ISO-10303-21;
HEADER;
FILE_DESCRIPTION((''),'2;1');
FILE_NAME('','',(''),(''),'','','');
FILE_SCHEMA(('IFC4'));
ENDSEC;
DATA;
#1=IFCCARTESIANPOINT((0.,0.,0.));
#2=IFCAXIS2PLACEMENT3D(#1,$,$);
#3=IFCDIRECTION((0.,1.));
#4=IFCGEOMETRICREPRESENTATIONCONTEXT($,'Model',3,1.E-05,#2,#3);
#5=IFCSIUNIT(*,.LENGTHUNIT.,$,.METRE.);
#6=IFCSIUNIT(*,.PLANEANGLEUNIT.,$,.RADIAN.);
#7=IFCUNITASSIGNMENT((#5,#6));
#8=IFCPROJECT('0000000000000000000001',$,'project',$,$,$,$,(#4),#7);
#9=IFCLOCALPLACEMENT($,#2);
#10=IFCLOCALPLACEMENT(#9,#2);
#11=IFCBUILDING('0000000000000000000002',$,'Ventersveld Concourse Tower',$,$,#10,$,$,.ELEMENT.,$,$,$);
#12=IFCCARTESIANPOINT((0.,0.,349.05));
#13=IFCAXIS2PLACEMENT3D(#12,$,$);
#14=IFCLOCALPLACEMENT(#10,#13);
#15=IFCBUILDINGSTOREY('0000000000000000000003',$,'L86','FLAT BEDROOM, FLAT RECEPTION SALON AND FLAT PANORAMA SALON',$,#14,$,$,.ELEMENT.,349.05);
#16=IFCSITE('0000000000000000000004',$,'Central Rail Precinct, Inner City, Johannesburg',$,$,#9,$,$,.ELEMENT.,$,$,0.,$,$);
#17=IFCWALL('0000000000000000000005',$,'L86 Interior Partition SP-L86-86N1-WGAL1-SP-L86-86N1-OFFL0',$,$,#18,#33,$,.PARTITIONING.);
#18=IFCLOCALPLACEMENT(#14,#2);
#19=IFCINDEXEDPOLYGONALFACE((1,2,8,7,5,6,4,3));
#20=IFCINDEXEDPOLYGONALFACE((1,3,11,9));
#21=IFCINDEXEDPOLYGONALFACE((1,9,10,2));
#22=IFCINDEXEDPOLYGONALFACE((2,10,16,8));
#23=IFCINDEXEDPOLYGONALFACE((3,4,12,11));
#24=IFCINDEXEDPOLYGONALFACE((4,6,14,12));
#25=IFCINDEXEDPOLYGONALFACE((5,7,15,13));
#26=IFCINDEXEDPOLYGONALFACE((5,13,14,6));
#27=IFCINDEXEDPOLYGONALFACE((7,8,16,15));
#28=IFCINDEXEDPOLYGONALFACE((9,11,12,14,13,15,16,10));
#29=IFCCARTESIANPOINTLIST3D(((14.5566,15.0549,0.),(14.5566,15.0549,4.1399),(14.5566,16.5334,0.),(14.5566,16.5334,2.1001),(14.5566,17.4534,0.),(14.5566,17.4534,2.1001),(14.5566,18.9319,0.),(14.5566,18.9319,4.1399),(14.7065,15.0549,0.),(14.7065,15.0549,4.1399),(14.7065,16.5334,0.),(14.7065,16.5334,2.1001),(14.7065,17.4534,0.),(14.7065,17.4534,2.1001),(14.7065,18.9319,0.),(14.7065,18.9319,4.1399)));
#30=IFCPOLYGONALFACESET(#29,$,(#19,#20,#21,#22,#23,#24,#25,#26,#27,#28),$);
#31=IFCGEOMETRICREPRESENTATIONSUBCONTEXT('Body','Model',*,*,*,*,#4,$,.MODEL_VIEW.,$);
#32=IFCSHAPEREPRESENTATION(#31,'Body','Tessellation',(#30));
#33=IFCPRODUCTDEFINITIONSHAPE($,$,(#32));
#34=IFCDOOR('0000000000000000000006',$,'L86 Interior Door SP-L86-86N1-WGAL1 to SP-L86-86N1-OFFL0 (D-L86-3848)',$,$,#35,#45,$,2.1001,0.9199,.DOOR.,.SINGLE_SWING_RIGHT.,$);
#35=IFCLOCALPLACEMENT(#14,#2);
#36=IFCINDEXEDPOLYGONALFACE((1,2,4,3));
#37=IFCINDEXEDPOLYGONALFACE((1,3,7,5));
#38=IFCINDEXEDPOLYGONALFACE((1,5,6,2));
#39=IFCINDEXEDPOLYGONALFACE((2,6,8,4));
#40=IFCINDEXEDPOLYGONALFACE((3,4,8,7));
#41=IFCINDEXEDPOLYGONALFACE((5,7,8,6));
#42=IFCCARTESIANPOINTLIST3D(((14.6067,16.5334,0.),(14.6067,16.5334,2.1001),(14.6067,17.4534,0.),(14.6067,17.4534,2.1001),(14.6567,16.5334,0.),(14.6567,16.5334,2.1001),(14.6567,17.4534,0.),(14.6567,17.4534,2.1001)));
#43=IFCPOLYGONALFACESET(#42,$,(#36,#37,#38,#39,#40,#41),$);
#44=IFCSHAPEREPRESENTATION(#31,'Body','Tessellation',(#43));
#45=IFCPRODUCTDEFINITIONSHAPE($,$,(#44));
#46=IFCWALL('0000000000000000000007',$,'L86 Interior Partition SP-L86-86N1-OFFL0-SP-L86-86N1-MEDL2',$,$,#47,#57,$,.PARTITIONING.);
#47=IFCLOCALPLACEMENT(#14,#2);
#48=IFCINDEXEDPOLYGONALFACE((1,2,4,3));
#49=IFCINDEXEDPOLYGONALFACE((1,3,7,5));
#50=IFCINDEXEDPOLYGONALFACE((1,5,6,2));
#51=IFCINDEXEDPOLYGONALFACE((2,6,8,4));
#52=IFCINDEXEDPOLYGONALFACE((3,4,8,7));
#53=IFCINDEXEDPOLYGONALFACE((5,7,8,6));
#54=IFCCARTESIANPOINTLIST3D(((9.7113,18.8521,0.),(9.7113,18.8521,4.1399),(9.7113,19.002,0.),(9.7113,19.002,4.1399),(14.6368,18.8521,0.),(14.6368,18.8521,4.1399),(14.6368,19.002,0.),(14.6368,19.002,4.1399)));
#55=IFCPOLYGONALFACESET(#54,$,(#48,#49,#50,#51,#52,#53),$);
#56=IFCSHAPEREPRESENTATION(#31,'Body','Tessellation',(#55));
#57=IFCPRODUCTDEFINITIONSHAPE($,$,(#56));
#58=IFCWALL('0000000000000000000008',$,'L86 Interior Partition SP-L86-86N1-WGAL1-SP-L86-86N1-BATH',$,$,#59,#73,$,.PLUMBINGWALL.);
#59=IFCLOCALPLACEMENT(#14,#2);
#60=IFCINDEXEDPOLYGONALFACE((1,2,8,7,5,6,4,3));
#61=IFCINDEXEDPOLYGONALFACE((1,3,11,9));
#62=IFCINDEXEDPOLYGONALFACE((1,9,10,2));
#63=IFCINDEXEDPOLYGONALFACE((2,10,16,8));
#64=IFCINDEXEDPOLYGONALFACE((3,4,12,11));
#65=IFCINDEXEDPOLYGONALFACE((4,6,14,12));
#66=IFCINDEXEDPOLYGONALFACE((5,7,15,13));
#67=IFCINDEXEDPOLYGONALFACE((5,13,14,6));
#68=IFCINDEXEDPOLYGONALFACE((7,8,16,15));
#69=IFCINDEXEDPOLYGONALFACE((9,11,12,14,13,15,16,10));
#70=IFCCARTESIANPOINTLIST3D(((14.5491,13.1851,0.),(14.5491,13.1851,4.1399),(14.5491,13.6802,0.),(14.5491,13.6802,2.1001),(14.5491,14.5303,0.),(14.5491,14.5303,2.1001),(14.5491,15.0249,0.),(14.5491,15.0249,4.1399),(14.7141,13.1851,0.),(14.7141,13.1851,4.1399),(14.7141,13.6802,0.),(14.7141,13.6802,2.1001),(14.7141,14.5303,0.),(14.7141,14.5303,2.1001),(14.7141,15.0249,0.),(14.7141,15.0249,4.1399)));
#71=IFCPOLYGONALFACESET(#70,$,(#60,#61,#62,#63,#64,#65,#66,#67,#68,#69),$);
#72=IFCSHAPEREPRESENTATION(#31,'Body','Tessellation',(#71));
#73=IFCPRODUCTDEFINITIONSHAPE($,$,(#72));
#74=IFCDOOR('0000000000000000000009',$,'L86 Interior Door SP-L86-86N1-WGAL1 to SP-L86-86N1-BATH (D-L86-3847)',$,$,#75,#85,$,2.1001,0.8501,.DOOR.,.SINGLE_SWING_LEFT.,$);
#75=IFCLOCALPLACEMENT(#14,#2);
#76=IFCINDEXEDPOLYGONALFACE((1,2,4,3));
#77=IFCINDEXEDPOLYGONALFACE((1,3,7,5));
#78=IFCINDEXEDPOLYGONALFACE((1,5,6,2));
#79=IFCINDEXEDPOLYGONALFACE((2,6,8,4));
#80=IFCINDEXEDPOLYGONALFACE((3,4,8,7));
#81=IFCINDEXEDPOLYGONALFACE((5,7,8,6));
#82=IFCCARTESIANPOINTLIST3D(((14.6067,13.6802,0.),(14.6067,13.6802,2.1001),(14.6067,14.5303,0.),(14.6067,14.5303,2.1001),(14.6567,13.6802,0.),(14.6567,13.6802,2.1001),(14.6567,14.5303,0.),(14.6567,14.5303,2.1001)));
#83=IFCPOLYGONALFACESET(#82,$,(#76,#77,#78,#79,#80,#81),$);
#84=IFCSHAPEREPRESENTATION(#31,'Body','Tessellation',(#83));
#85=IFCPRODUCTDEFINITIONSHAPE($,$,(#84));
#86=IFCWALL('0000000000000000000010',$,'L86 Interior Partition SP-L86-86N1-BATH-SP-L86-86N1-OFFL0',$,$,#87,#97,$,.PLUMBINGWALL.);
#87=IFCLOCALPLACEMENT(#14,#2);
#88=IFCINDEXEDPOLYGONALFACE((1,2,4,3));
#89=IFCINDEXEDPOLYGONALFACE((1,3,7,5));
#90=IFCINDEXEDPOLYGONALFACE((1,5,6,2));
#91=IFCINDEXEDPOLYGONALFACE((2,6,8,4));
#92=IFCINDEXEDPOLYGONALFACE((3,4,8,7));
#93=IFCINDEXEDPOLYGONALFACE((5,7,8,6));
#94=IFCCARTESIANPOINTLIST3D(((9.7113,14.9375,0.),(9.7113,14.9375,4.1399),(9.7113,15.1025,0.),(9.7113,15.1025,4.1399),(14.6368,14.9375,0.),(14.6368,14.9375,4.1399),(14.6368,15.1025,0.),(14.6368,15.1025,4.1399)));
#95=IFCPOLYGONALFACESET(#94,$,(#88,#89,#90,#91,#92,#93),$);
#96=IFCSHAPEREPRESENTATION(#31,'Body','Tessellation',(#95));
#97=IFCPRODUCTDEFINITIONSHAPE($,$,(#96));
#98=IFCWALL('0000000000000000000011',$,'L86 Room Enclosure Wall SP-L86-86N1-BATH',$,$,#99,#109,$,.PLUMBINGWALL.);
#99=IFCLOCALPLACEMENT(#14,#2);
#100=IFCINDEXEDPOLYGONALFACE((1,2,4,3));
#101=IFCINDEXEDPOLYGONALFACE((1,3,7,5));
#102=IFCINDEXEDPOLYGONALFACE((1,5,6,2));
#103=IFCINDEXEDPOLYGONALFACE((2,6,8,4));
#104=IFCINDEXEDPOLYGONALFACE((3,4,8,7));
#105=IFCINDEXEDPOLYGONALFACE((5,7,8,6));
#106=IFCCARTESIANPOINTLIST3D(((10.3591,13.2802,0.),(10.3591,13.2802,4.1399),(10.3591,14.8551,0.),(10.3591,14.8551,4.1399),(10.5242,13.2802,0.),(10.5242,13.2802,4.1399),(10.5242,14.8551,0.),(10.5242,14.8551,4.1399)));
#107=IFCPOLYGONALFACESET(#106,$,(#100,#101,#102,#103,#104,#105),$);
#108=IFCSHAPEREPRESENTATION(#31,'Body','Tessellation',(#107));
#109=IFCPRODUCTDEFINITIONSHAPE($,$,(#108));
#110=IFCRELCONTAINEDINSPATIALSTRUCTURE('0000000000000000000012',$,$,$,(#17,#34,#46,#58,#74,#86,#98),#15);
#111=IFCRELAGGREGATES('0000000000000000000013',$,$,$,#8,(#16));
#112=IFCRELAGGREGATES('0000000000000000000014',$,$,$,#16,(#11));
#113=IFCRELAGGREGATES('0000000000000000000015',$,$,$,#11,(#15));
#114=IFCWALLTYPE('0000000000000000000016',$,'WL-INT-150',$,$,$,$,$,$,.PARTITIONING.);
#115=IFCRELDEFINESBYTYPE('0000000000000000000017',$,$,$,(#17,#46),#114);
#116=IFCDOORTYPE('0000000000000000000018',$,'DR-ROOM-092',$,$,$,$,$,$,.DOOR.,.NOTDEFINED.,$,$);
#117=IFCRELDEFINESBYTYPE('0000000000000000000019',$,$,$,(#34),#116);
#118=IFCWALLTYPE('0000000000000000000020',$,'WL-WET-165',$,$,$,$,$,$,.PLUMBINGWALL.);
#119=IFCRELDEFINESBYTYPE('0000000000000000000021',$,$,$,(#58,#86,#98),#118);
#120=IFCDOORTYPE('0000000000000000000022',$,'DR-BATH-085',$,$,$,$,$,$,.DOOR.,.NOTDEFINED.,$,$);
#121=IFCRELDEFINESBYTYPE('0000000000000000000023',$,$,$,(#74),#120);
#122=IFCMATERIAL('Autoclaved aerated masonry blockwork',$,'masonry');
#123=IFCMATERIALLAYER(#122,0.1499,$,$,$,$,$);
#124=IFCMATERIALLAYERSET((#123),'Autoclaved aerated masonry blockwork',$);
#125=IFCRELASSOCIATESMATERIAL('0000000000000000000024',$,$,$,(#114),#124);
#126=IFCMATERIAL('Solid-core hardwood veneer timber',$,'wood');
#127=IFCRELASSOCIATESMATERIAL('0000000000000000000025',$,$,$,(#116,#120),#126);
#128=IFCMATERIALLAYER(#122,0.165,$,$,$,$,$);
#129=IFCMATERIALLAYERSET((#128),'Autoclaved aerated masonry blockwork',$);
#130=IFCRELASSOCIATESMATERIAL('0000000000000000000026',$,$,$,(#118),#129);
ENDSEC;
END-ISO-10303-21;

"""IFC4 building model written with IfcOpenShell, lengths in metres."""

from ifc_helpers import new_model, si_unit, direction, frame, frame_2d, origin, place, context, subcontext, project, spatial, rectangle, extrude, material, layer, layer_set, type_object, element, fill, save


model = new_model("IFC4")

# Units and contexts
model_context = context("Model", 3, precision=1e-05, world=origin(), true_north=direction((0.0, 1.0)))
body_context = subcontext(model_context, "Body", "Model", "MODEL_VIEW")
ifc_project = project(units=[si_unit("LENGTHUNIT", "METRE"), si_unit("PLANEANGLEUNIT", "RADIAN")], contexts=[model_context])

# Site, building, storey
site_placement = place(None, origin())
site = spatial("IfcSite", under=ifc_project, at=site_placement, Name="Central Rail Precinct, Inner City, Johannesburg", CompositionType="ELEMENT", RefElevation=0.0)
building_placement = place(site_placement, origin())
building = spatial("IfcBuilding", under=site, at=building_placement, Name="Ventersveld Concourse Tower", CompositionType="ELEMENT")
storey_placement = place(building_placement, frame((0.0, 0.0, 349.05)))
storey = spatial("IfcBuildingStorey", under=building, at=storey_placement, Name="L86", Description="FLAT BEDROOM, FLAT RECEPTION SALON AND FLAT PANORAMA SALON", CompositionType="ELEMENT", Elevation=349.05)

# Shared definitions
ifc_material_1 = material(Name="Solid-core hardwood veneer timber", Category="wood")

# Wall, opening, door
ifc_material_2 = material(Name="Autoclaved aerated masonry blockwork", Category="masonry")
ifc_layer_1 = layer(ifc_material_2, 0.1499)
ifc_layer_set_1 = layer_set([ifc_layer_1], Name="Autoclaved aerated masonry blockwork")
wall_type_1 = type_object("IfcWallType", Name="WL-INT-150", PredefinedType="PARTITIONING", material=ifc_layer_set_1)
wall_1_placement = place(storey_placement, frame((14.6316, 15.0549, 0.0), z_axis=(0.0, 0.0, 1.0), x_axis=(0.0, 1.0, 0.0)))
wall_1 = element("IfcWall", 1, at=wall_1_placement, inside=storey, type_object=wall_type_1, Name="L86 Interior Partition SP-L86-86N1-WGAL1-SP-L86-86N1-OFFL0", PredefinedType="PARTITIONING", context=body_context, shape_type="SweptSolid", body=[
    extrude(rectangle(XDim=3.877, YDim=0.1499, at=frame_2d((1.9385, 0.0))), origin(), (0.0, 0.0, 1.0), 4.1399),
])
opening_1_placement = place(wall_1_placement, frame((1.4785, 0.0, 0.0)))
opening_1 = element("IfcOpeningElement", 2, at=opening_1_placement, cuts=wall_1, PredefinedType="OPENING", context=body_context, shape_type="SweptSolid", body=[
    extrude(rectangle(XDim=0.9199, YDim=2.1001, at=frame_2d((0.46, 1.05))), frame((0.0, 0.085, 0.0), z_axis=(0.0, -1.0, 0.0), x_axis=(1.0, 0.0, 0.0)), (0.0, 0.0, 1.0), 0.1699),
])
door_type_1 = type_object("IfcDoorType", Name="DR-ROOM-092", OperationType="NOTDEFINED", PredefinedType="DOOR", material=ifc_material_1)
door_1_placement = place(opening_1_placement, origin())
door_1 = element("IfcDoor", 3, at=door_1_placement, inside=storey, type_object=door_type_1, Name="L86 Interior Door SP-L86-86N1-WGAL1 to SP-L86-86N1-OFFL0 (D-L86-3848)", OperationType="SINGLE_SWING_RIGHT", OverallHeight=2.1001, OverallWidth=0.9199, PredefinedType="DOOR", context=body_context, shape_type="SweptSolid", body=[
    extrude(rectangle(XDim=0.9199, YDim=2.1001, at=frame_2d((0.46, 1.05))), frame((0.0, 0.0249, 0.0), z_axis=(0.0, -1.0, 0.0), x_axis=(1.0, 0.0, 0.0)), (0.0, 0.0, 1.0), 0.05),
])
fill(opening_1, door_1)

# Wall
wall_2_placement = place(storey_placement, frame((9.7112, 18.927, 0.0), z_axis=(0.0, 0.0, 1.0), x_axis=(1.0, 0.0, 0.0)))
element("IfcWall", 4, at=wall_2_placement, inside=storey, type_object=wall_type_1, Name="L86 Interior Partition SP-L86-86N1-OFFL0-SP-L86-86N1-MEDL2", PredefinedType="PARTITIONING", context=body_context, shape_type="SweptSolid", body=[
    extrude(rectangle(XDim=4.9255, YDim=0.1499, at=frame_2d((2.4629, 0.0))), origin(), (0.0, 0.0, 1.0), 4.1399),
])

# Wall, opening, door
ifc_layer_2 = layer(ifc_material_2, 0.165)
ifc_layer_set_2 = layer_set([ifc_layer_2], Name="Autoclaved aerated masonry blockwork")
wall_type_2 = type_object("IfcWallType", Name="WL-WET-165", PredefinedType="PLUMBINGWALL", material=ifc_layer_set_2)
wall_3_placement = place(storey_placement, frame((14.6316, 13.1851, 0.0), z_axis=(0.0, 0.0, 1.0), x_axis=(0.0, 1.0, 0.0)))
wall_3 = element("IfcWall", 5, at=wall_3_placement, inside=storey, type_object=wall_type_2, Name="L86 Interior Partition SP-L86-86N1-WGAL1-SP-L86-86N1-BATH", PredefinedType="PLUMBINGWALL", context=body_context, shape_type="SweptSolid", body=[
    extrude(rectangle(XDim=1.8398, YDim=0.165, at=frame_2d((0.9199, 0.0))), origin(), (0.0, 0.0, 1.0), 4.1399),
])
opening_2_placement = place(wall_3_placement, frame((0.4951, 0.0, 0.0)))
opening_2 = element("IfcOpeningElement", 6, at=opening_2_placement, cuts=wall_3, PredefinedType="OPENING", context=body_context, shape_type="SweptSolid", body=[
    extrude(rectangle(XDim=0.8501, YDim=2.1001, at=frame_2d((0.425, 1.05))), frame((0.0, 0.0925, 0.0), z_axis=(0.0, -1.0, 0.0), x_axis=(1.0, 0.0, 0.0)), (0.0, 0.0, 1.0), 0.1851),
])
door_type_2 = type_object("IfcDoorType", Name="DR-BATH-085", OperationType="NOTDEFINED", PredefinedType="DOOR", material=ifc_material_1)
door_2_placement = place(opening_2_placement, origin())
door_2 = element("IfcDoor", 7, at=door_2_placement, inside=storey, type_object=door_type_2, Name="L86 Interior Door SP-L86-86N1-WGAL1 to SP-L86-86N1-BATH (D-L86-3847)", OperationType="SINGLE_SWING_LEFT", OverallHeight=2.1001, OverallWidth=0.8501, PredefinedType="DOOR", context=body_context, shape_type="SweptSolid", body=[
    extrude(rectangle(XDim=0.8501, YDim=2.1001, at=frame_2d((0.425, 1.05))), frame((0.0, 0.0249, 0.0), z_axis=(0.0, -1.0, 0.0), x_axis=(1.0, 0.0, 0.0)), (0.0, 0.0, 1.0), 0.05),
])
fill(opening_2, door_2)

# Walls
wall_4_placement = place(storey_placement, frame((9.7112, 15.02, 0.0), z_axis=(0.0, 0.0, 1.0), x_axis=(1.0, 0.0, 0.0)))
element("IfcWall", 8, at=wall_4_placement, inside=storey, type_object=wall_type_2, Name="L86 Interior Partition SP-L86-86N1-BATH-SP-L86-86N1-OFFL0", PredefinedType="PLUMBINGWALL", context=body_context, shape_type="SweptSolid", body=[
    extrude(rectangle(XDim=4.9255, YDim=0.165, at=frame_2d((2.4629, 0.0))), origin(), (0.0, 0.0, 1.0), 4.1399),
])
wall_5_placement = place(storey_placement, frame((10.4417, 13.28, 0.0), z_axis=(0.0, 0.0, 1.0), x_axis=(0.0, 1.0, 0.0)))
element("IfcWall", 9, at=wall_5_placement, inside=storey, type_object=wall_type_2, Name="L86 Room Enclosure Wall SP-L86-86N1-BATH", PredefinedType="PLUMBINGWALL", context=body_context, shape_type="SweptSolid", body=[
    extrude(rectangle(XDim=1.575, YDim=0.165, at=frame_2d((0.7876, 0.0))), origin(), (0.0, 0.0, 1.0), 4.1399),
])

save(model, "model.ifc")
